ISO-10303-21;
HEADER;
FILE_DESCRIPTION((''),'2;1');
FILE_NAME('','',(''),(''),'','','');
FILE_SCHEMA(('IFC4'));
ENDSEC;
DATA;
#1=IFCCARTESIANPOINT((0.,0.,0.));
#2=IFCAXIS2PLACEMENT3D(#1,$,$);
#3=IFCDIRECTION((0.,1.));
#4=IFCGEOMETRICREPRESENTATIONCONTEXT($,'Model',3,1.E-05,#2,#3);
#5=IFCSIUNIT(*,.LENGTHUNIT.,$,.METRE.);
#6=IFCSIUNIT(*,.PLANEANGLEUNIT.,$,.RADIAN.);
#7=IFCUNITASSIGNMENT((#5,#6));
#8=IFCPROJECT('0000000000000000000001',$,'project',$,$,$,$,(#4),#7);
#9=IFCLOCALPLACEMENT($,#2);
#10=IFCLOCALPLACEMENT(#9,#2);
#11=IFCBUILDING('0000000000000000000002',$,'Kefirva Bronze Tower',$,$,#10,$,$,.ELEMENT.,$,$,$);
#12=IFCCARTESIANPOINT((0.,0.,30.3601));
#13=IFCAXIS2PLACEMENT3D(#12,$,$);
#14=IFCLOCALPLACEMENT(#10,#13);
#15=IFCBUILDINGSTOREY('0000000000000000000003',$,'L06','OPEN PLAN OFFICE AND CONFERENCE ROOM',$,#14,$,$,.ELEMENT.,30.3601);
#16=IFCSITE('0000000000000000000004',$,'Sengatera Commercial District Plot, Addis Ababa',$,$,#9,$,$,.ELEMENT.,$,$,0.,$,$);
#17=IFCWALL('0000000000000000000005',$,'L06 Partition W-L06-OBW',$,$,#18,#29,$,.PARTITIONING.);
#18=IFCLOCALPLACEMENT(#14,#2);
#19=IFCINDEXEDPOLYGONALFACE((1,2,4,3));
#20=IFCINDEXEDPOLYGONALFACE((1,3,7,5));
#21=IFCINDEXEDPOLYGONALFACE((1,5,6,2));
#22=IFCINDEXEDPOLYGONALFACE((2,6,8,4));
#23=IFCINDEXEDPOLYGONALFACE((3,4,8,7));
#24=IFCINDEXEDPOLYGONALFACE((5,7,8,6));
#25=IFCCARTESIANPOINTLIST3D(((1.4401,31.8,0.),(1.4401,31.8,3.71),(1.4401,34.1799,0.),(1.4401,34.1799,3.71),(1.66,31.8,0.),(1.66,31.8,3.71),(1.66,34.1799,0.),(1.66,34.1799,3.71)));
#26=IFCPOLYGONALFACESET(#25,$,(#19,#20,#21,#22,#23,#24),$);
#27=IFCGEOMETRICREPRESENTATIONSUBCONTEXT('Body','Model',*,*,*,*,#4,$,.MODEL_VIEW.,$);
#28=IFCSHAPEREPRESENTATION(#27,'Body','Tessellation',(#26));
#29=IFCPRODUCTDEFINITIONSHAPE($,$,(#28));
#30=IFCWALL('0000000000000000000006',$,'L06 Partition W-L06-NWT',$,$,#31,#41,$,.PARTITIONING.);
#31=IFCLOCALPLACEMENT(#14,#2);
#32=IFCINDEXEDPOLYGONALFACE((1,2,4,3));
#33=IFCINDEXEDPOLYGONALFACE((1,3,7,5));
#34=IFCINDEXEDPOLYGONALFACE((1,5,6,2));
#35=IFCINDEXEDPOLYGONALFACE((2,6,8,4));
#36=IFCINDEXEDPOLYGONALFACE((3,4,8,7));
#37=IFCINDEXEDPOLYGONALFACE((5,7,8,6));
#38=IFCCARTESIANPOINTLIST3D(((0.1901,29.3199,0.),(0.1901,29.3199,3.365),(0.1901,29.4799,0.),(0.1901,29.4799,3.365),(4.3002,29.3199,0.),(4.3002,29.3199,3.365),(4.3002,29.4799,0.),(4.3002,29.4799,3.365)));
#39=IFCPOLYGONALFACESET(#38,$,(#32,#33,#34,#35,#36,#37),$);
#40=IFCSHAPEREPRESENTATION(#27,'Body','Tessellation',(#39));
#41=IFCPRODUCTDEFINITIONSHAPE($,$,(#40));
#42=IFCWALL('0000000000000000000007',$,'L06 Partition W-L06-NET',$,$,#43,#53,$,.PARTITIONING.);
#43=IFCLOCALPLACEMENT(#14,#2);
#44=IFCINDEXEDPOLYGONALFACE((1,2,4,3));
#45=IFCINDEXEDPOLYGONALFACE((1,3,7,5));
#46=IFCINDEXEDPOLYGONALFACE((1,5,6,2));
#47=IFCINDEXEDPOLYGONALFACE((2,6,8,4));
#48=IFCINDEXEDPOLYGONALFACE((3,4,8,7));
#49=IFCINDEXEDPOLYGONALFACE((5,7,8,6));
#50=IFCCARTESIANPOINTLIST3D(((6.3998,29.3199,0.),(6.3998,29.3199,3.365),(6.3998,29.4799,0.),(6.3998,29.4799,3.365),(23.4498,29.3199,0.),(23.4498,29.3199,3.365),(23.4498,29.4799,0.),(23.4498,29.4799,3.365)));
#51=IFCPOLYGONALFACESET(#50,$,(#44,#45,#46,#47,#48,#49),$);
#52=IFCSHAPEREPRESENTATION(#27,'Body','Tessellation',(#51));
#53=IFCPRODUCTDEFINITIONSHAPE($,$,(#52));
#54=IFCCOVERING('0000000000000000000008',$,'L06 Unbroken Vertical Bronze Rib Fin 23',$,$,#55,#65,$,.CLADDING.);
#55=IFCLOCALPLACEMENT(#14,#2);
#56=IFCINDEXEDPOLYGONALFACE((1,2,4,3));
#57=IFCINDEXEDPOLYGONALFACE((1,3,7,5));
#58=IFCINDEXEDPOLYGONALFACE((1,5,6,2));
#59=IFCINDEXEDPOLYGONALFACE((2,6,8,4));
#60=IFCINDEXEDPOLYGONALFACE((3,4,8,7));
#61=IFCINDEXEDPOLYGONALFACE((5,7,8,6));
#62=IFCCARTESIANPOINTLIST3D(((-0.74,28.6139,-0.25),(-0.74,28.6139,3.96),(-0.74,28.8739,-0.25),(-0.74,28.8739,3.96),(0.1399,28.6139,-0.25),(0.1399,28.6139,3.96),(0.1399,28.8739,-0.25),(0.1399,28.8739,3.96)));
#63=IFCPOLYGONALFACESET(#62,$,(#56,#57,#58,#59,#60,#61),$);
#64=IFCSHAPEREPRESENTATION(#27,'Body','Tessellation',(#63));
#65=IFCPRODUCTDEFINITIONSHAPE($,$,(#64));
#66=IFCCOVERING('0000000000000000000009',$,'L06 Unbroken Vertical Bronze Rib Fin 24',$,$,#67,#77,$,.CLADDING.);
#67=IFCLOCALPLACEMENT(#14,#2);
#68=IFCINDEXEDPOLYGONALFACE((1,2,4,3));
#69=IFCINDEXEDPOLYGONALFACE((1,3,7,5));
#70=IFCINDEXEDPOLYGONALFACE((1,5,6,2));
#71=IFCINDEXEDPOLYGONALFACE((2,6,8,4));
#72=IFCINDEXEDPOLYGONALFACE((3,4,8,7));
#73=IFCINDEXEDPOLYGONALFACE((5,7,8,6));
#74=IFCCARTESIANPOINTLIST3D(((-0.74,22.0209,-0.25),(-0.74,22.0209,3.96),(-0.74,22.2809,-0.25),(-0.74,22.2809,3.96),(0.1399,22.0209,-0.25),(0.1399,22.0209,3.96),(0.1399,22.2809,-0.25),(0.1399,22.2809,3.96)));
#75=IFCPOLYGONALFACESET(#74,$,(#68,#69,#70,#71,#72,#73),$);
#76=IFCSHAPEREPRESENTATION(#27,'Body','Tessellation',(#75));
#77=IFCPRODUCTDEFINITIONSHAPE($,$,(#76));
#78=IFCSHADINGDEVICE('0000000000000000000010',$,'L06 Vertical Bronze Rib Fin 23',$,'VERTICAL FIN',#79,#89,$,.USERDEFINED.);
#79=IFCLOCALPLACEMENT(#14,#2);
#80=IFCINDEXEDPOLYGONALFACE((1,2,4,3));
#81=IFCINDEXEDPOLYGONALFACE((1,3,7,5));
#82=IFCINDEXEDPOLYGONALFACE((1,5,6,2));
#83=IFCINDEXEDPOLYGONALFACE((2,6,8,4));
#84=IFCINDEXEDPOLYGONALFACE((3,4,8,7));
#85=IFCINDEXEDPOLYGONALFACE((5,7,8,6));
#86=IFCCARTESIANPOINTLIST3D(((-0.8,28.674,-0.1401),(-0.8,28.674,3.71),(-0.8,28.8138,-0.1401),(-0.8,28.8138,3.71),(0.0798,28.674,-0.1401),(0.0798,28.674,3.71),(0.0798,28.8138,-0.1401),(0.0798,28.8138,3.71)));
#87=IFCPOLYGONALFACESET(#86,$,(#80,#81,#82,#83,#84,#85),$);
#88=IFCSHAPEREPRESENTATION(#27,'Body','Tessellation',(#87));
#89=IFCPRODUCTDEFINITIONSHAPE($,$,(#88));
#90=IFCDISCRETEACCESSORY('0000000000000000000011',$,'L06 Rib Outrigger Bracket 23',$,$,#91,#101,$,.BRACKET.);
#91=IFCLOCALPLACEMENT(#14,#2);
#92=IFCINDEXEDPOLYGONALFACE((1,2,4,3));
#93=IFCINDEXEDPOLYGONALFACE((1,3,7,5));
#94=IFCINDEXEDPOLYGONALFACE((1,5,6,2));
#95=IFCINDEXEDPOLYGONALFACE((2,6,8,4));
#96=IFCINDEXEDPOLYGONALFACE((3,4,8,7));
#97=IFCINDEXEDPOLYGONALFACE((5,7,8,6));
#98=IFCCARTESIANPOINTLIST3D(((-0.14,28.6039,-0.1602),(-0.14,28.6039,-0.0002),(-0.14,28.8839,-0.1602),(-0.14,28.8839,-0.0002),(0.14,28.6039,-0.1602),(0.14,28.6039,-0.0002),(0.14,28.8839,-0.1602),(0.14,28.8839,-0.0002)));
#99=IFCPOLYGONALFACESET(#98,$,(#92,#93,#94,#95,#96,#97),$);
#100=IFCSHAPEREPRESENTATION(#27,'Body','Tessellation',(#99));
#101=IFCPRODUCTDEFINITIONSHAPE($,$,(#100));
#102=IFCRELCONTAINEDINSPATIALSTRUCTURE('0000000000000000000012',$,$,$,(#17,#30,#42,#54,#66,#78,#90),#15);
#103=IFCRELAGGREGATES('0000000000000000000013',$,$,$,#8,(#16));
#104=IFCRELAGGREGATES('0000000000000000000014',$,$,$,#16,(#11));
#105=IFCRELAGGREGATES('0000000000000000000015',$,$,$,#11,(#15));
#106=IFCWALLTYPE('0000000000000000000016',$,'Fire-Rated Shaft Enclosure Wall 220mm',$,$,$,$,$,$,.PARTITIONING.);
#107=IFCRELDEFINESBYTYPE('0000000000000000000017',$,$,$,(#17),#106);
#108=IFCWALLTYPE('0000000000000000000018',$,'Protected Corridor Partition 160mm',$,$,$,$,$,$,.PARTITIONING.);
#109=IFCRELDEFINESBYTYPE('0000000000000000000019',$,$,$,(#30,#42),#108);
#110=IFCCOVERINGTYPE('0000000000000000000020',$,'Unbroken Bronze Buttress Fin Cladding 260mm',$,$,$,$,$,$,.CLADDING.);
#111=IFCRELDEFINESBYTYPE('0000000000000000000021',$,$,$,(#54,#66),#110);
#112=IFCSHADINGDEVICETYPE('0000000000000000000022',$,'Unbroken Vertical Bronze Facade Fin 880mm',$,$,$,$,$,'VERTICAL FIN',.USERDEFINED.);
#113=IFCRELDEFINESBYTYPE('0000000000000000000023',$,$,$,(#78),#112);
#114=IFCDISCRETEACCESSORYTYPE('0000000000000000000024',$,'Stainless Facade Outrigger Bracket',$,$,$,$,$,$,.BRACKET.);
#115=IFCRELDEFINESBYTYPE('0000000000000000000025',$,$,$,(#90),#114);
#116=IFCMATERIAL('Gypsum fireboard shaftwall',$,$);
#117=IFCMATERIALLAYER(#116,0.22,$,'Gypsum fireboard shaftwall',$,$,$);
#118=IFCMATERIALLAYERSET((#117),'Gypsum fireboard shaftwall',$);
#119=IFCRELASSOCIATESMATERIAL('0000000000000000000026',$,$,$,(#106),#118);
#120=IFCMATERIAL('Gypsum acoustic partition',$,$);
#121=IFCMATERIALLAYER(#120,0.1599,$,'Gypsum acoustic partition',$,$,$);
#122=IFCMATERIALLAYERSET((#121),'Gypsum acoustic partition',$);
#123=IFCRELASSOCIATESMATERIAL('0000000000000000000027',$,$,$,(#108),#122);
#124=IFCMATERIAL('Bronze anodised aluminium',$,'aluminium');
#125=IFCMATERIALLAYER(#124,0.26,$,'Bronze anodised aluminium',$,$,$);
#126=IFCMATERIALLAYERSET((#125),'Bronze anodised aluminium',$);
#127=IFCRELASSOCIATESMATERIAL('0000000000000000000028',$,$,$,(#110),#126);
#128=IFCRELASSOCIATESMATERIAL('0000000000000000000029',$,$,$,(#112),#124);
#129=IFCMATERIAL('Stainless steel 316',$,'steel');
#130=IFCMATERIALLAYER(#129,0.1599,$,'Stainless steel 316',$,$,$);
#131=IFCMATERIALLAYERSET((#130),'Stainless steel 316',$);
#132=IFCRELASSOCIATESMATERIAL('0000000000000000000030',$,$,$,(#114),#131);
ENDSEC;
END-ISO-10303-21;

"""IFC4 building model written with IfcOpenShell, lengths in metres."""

from ifc_helpers import new_model, si_unit, direction, frame, frame_2d, origin, origin_2d, place, context, subcontext, project, spatial, rectangle, extrude, material, layer, layer_set, material_profile, profile_set, type_object, element, save


model = new_model("IFC4")

# Units and contexts
model_context = context("Model", 3, precision=1e-05, world=origin(), true_north=direction((0.0, 1.0)))
body_context = subcontext(model_context, "Body", "Model", "MODEL_VIEW")
ifc_project = project(units=[si_unit("LENGTHUNIT", "METRE"), si_unit("PLANEANGLEUNIT", "RADIAN")], contexts=[model_context])

# Site, building, storey
site_placement = place(None, origin())
site = spatial("IfcSite", under=ifc_project, at=site_placement, Name="Sengatera Commercial District Plot, Addis Ababa", CompositionType="ELEMENT", RefElevation=0.0)
building_placement = place(site_placement, origin())
building = spatial("IfcBuilding", under=site, at=building_placement, Name="Kefirva Bronze Tower", CompositionType="ELEMENT")
storey_placement = place(building_placement, frame((0.0, 0.0, 30.3601)))
storey = spatial("IfcBuildingStorey", under=building, at=storey_placement, Name="L06", Description="OPEN PLAN OFFICE AND CONFERENCE ROOM", CompositionType="ELEMENT", Elevation=30.3601)

# Shared definitions
ifc_material_1 = material(Name="Bronze anodised aluminium", Category="aluminium")

# Walls
ifc_material_2 = material(Name="Gypsum acoustic partition")
ifc_material_3 = material(Name="Gypsum fireboard shaftwall")
ifc_layer_1 = layer(ifc_material_3, 0.22, Name="Gypsum fireboard shaftwall")
ifc_layer_set_1 = layer_set([ifc_layer_1], Name="Gypsum fireboard shaftwall")
wall_type_1 = type_object("IfcWallType", Name="Fire-Rated Shaft Enclosure Wall 220mm", PredefinedType="PARTITIONING", material=ifc_layer_set_1)
wall_1_placement = place(storey_placement, frame((1.55, 31.8, 0.0), z_axis=(0.0, 0.0, 1.0), x_axis=(0.0, 1.0, 0.0)))
element("IfcWall", 1, at=wall_1_placement, inside=storey, type_object=wall_type_1, Name="L06 Partition W-L06-OBW", PredefinedType="PARTITIONING", context=body_context, shape_type="SweptSolid", body=[
    extrude(rectangle(XDim=2.3799, YDim=0.22, at=frame_2d((1.1899, 0.0))), origin(), (0.0, 0.0, 1.0), 3.71),
])
ifc_layer_2 = layer(ifc_material_2, 0.1599, Name="Gypsum acoustic partition")
ifc_layer_set_2 = layer_set([ifc_layer_2], Name="Gypsum acoustic partition")
wall_type_2 = type_object("IfcWallType", Name="Protected Corridor Partition 160mm", PredefinedType="PARTITIONING", material=ifc_layer_set_2)
wall_2_placement = place(storey_placement, frame((0.1899, 29.3999, 0.0), z_axis=(0.0, 0.0, 1.0), x_axis=(1.0, 0.0, 0.0)))
element("IfcWall", 2, at=wall_2_placement, inside=storey, type_object=wall_type_2, Name="L06 Partition W-L06-NWT", PredefinedType="PARTITIONING", context=body_context, shape_type="SweptSolid", body=[
    extrude(rectangle(XDim=4.1101, YDim=0.1599, at=frame_2d((2.0552, 0.0))), origin(), (0.0, 0.0, 1.0), 3.365),
])
wall_3_placement = place(storey_placement, frame((6.3999, 29.3999, 0.0), z_axis=(0.0, 0.0, 1.0), x_axis=(1.0, 0.0, 0.0)))
element("IfcWall", 3, at=wall_3_placement, inside=storey, type_object=wall_type_2, Name="L06 Partition W-L06-NET", PredefinedType="PARTITIONING", context=body_context, shape_type="SweptSolid", body=[
    extrude(rectangle(XDim=17.05, YDim=0.1599, at=frame_2d((8.5249, 0.0))), origin(), (0.0, 0.0, 1.0), 3.365),
])

# Coverings
ifc_layer_3 = layer(ifc_material_1, 0.26, Name="Bronze anodised aluminium")
ifc_layer_set_3 = layer_set([ifc_layer_3], Name="Bronze anodised aluminium")
covering_type = type_object("IfcCoveringType", Name="Unbroken Bronze Buttress Fin Cladding 260mm", PredefinedType="CLADDING", material=ifc_layer_set_3)
for number, where, z_axis, x_axis, name in (
    (4, (-0.3, 28.7439, -0.25), (0.0, 0.0, 1.0), (0.0, -1.0, 0.0), "L06 Unbroken Vertical Bronze Rib Fin 23"),
    (5, (-0.3, 22.1509, -0.25), (0.0, 0.0, 1.0), (0.0, -1.0, 0.0), "L06 Unbroken Vertical Bronze Rib Fin 24"),
):
    element("IfcCovering", number, at=place(storey_placement, frame(where, z_axis=z_axis, x_axis=x_axis)), inside=storey, type_object=covering_type, Name=name, PredefinedType="CLADDING", context=body_context, shape_type="SweptSolid", body=[
        extrude(rectangle(XDim=0.26, YDim=0.8799, at=origin_2d()), origin(), (0.0, 0.0, 1.0), 4.21),
    ])

# Shading device
ifc_material_profile_1 = material_profile(ifc_material_1, rectangle(XDim=0.1399, YDim=0.8799, at=origin_2d()), Name="BRONZE FIN 140x880")
ifc_profile_set_1 = profile_set([ifc_material_profile_1], Name="Bronze anodised aluminium")
shading_device_type = type_object("IfcShadingDeviceType", Name="Unbroken Vertical Bronze Facade Fin 880mm", ElementType="VERTICAL FIN", PredefinedType="USERDEFINED", material=ifc_profile_set_1)
shading_device_placement = place(storey_placement, frame((-0.3601, 28.7439, -0.1401), z_axis=(0.0, 0.0, 1.0), x_axis=(0.0, -1.0, 0.0)))
element("IfcShadingDevice", 6, at=shading_device_placement, inside=storey, type_object=shading_device_type, Name="L06 Vertical Bronze Rib Fin 23", ObjectType="VERTICAL FIN", PredefinedType="USERDEFINED", context=body_context, shape_type="SweptSolid", body=[
    extrude(rectangle(XDim=0.1399, YDim=0.8799, at=origin_2d()), origin(), (0.0, 0.0, 1.0), 3.8501),
])

# Discrete accessory
ifc_material_4 = material(Name="Stainless steel 316", Category="steel")
ifc_layer_4 = layer(ifc_material_4, 0.1599, Name="Stainless steel 316")
ifc_layer_set_4 = layer_set([ifc_layer_4], Name="Stainless steel 316")
discrete_accessory_type = type_object("IfcDiscreteAccessoryType", Name="Stainless Facade Outrigger Bracket", PredefinedType="BRACKET", material=ifc_layer_set_4)
discrete_accessory_placement = place(storey_placement, frame((0.0, 28.7439, -0.1602), z_axis=(0.0, 0.0, 1.0), x_axis=(0.0, -1.0, 0.0)))
element("IfcDiscreteAccessory", 7, at=discrete_accessory_placement, inside=storey, type_object=discrete_accessory_type, Name="L06 Rib Outrigger Bracket 23", PredefinedType="BRACKET", context=body_context, shape_type="SweptSolid", body=[
    extrude(rectangle(XDim=0.28, YDim=0.28, at=origin_2d()), origin(), (0.0, 0.0, 1.0), 0.1599),
])

save(model, "model.ifc")
